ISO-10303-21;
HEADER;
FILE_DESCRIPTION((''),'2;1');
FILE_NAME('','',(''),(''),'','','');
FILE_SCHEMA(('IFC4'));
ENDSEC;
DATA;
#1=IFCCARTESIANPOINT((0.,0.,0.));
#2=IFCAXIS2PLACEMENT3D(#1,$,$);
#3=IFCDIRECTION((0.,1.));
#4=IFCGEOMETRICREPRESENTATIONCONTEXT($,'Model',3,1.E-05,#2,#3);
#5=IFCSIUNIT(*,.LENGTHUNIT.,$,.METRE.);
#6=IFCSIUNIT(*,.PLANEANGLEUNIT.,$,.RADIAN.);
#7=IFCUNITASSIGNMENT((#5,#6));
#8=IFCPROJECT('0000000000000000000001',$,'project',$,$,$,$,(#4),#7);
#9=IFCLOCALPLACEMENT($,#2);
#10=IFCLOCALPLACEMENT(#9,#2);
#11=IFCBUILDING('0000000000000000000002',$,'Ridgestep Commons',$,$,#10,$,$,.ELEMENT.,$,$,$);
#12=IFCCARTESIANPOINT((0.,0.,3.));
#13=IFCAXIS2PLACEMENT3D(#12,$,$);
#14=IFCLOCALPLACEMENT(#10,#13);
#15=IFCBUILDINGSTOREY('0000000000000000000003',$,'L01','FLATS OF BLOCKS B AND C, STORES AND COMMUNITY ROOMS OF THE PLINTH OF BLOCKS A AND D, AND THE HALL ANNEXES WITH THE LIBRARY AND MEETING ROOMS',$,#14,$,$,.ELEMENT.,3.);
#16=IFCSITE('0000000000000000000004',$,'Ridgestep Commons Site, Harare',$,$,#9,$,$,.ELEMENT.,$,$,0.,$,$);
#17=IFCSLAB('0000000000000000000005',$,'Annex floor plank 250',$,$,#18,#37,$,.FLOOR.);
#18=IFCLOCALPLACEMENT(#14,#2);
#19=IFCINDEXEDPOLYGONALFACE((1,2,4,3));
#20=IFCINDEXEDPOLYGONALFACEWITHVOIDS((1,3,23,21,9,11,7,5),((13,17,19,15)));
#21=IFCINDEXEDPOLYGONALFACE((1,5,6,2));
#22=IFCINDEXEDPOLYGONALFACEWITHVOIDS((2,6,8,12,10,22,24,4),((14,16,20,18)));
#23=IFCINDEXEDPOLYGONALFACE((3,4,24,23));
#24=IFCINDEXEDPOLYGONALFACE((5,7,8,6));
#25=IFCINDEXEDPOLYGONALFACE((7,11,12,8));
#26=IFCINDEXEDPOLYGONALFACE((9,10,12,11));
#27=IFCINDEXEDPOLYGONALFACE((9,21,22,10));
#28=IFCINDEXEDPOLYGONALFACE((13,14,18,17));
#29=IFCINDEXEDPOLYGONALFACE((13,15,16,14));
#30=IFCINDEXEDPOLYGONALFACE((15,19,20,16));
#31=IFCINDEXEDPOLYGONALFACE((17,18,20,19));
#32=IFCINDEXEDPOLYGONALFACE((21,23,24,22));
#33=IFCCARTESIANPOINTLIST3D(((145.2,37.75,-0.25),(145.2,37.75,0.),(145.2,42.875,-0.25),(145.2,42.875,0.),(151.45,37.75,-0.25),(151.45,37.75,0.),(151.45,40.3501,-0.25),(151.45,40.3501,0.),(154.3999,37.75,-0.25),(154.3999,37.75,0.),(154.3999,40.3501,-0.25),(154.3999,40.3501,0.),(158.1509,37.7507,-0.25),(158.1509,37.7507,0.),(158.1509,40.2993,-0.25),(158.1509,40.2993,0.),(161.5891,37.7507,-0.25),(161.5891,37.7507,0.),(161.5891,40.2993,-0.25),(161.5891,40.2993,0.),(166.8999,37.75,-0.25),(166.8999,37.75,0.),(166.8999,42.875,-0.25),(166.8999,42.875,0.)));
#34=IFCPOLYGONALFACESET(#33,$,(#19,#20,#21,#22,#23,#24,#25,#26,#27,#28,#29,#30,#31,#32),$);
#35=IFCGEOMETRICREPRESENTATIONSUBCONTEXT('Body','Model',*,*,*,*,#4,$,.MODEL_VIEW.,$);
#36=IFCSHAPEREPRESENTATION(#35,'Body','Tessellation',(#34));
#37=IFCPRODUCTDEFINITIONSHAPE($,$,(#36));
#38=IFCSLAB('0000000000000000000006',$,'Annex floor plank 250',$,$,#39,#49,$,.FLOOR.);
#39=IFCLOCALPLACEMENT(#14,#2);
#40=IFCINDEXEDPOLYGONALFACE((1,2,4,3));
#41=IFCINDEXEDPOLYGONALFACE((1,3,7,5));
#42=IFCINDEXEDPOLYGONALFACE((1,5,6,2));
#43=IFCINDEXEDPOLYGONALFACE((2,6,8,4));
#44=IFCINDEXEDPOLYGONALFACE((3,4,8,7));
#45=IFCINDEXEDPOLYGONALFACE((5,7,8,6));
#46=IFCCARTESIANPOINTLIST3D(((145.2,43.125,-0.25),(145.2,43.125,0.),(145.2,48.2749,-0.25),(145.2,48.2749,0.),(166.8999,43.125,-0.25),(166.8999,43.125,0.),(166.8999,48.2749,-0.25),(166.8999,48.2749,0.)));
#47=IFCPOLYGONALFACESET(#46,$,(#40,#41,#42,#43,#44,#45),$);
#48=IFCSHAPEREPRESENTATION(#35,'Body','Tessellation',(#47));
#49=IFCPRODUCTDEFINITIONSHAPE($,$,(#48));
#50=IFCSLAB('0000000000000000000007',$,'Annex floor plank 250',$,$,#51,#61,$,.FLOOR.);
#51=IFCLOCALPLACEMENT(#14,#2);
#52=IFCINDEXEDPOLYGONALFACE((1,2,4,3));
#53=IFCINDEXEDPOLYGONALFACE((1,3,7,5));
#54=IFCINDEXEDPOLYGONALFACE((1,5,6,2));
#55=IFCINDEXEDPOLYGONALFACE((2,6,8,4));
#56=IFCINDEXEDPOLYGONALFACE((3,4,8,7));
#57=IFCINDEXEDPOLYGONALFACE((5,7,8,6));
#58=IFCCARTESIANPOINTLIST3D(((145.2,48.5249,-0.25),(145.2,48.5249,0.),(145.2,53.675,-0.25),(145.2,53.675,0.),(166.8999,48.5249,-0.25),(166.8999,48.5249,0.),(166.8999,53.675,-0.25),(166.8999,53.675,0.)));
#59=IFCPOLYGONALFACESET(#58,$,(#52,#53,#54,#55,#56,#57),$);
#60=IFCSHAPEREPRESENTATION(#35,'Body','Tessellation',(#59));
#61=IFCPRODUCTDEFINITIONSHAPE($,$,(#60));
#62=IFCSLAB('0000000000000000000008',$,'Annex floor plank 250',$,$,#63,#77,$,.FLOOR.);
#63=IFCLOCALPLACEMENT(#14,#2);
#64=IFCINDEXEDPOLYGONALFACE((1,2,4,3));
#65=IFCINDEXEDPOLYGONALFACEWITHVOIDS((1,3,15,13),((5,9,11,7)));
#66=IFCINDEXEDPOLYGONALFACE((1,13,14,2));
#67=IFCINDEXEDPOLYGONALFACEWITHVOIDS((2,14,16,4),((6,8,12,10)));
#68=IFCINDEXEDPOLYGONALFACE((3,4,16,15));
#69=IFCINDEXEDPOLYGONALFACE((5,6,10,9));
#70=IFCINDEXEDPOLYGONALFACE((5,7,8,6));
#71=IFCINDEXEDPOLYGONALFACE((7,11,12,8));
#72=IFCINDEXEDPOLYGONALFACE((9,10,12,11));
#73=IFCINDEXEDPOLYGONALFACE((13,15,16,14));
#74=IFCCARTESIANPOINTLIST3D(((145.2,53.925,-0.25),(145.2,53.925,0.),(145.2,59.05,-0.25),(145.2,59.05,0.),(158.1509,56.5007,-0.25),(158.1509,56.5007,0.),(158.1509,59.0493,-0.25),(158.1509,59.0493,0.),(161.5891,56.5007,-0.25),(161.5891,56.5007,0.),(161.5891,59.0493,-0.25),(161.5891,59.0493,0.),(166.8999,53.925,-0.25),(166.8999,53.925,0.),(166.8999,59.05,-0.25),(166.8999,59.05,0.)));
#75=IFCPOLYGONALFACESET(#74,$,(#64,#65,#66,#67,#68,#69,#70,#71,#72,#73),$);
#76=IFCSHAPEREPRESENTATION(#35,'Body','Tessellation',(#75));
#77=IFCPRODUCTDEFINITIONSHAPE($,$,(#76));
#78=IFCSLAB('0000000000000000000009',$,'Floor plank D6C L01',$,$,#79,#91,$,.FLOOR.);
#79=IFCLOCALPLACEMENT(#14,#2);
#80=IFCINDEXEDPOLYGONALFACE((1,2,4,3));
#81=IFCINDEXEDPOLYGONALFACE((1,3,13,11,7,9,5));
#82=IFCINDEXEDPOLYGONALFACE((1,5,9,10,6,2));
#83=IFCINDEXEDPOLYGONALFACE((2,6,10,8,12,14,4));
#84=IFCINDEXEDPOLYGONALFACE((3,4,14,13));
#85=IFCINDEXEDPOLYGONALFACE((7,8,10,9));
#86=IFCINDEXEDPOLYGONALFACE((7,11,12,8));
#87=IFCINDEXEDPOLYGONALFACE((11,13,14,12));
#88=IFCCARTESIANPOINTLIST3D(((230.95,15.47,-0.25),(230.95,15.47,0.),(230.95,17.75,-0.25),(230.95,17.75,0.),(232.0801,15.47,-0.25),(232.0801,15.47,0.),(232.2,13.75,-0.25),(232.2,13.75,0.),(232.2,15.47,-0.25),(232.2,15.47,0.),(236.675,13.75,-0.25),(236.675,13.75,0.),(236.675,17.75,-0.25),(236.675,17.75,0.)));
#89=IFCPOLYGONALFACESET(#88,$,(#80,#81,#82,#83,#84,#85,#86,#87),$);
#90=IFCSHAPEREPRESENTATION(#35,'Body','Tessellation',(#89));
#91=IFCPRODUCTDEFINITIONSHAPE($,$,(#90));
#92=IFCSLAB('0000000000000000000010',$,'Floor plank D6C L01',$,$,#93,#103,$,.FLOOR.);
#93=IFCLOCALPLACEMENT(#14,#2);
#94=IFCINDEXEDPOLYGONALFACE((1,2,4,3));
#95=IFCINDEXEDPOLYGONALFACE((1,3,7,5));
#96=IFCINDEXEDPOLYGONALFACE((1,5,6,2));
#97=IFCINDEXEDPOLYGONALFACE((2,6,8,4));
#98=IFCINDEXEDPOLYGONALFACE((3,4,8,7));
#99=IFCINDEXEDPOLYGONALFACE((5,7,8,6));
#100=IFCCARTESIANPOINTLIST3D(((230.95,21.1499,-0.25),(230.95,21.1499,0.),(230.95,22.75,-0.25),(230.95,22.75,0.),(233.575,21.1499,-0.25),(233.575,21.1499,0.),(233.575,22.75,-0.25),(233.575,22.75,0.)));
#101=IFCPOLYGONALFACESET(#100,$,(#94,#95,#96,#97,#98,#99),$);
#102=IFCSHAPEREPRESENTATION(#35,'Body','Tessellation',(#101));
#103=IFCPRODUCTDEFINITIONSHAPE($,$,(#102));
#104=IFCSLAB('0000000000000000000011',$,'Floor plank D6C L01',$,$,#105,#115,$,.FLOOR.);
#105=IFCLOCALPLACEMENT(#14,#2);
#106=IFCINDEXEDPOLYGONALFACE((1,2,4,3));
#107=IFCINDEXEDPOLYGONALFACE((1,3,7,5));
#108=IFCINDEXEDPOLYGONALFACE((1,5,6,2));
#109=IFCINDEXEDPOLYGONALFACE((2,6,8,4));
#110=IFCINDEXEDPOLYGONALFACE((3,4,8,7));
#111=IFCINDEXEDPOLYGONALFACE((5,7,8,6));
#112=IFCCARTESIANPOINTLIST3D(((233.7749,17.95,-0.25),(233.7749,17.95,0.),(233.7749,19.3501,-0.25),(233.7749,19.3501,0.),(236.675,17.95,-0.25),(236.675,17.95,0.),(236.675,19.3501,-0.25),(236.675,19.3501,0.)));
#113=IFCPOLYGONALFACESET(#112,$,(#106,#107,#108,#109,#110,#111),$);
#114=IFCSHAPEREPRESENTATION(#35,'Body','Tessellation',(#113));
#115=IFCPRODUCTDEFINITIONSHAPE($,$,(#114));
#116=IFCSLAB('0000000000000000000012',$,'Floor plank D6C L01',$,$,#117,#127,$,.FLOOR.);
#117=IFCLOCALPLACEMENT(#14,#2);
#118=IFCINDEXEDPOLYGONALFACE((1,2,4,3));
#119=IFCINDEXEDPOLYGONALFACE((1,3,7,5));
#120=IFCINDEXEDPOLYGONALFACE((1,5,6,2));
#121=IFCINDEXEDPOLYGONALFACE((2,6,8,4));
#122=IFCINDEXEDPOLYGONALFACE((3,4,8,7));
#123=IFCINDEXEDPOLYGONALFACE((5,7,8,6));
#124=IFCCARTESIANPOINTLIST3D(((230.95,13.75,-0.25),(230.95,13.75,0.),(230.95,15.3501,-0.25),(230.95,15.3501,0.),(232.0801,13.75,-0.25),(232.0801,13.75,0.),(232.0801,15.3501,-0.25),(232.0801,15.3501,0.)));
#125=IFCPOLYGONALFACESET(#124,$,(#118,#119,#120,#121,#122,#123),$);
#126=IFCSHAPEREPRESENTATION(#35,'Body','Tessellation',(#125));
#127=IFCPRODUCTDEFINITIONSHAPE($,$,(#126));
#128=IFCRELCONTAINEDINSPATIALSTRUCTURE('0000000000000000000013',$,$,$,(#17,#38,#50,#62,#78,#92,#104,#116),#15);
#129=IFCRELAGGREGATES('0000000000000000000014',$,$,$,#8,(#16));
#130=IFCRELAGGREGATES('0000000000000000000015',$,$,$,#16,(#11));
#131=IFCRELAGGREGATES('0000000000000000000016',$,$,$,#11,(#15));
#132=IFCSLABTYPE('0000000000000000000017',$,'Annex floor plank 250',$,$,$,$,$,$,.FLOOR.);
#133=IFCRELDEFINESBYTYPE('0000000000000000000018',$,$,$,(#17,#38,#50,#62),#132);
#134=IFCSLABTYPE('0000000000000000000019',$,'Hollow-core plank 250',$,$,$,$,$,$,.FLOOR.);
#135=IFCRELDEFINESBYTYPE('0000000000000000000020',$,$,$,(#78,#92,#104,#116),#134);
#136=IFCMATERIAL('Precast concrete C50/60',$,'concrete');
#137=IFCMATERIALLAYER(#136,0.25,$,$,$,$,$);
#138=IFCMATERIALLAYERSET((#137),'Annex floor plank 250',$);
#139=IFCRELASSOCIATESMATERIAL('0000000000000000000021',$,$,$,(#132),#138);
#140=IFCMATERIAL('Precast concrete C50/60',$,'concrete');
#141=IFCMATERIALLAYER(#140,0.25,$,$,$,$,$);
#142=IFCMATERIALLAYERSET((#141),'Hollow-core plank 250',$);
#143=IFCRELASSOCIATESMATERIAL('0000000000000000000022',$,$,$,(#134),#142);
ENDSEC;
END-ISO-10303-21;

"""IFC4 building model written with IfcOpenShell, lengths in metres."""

from ifc_helpers import new_model, si_unit, direction, frame, origin, place, context, subcontext, project, spatial, polyline, outline, extrude, material, layer, layer_set, type_object, element, save


model = new_model("IFC4")

# Units and contexts
model_context = context("Model", 3, precision=1e-05, world=origin(), true_north=direction((0.0, 1.0)))
body_context = subcontext(model_context, "Body", "Model", "MODEL_VIEW")
ifc_project = project(units=[si_unit("LENGTHUNIT", "METRE"), si_unit("PLANEANGLEUNIT", "RADIAN")], contexts=[model_context])

# Site, building, storey
site_placement = place(None, origin())
site = spatial("IfcSite", under=ifc_project, at=site_placement, Name="Ridgestep Commons Site, Harare", CompositionType="ELEMENT", RefElevation=0.0)
building_placement = place(site_placement, origin())
building = spatial("IfcBuilding", under=site, at=building_placement, Name="Ridgestep Commons", CompositionType="ELEMENT")
storey_placement = place(building_placement, frame((0.0, 0.0, 3.0)))
storey = spatial("IfcBuildingStorey", under=building, at=storey_placement, Name="L01", Description="FLATS OF BLOCKS B AND C, STORES AND COMMUNITY ROOMS OF THE PLINTH OF BLOCKS A AND D, AND THE HALL ANNEXES WITH THE LIBRARY AND MEETING ROOMS", CompositionType="ELEMENT", Elevation=3.0)

# Slabs
ifc_material_1 = material(Name="Precast concrete C50/60", Category="concrete")
ifc_layer_1 = layer(ifc_material_1, 0.25)
ifc_layer_set_1 = layer_set([ifc_layer_1], Name="Annex floor plank 250")
slab_type_1 = type_object("IfcSlabType", Name="Annex floor plank 250", PredefinedType="FLOOR", material=ifc_layer_set_1)
slab_1_placement = place(storey_placement, frame((0.0, 0.0, -0.25)))
element("IfcSlab", 1, at=slab_1_placement, inside=storey, type_object=slab_type_1, Name="Annex floor plank 250", PredefinedType="FLOOR", context=body_context, shape_type="SweptSolid", body=[
    extrude(outline(polyline([(166.8999, 42.875), (166.8999, 37.75), (154.3999, 37.75), (154.3999, 40.3501), (151.45, 40.3501), (151.45, 37.75), (145.2, 37.75), (145.2, 42.875), (166.8999, 42.875)]), holes=[polyline([(161.5891, 40.2993), (158.1509, 40.2993), (158.1509, 37.7507), (161.5891, 37.7507), (161.5891, 40.2993)])]), origin(), (0.0, 0.0, 1.0), 0.25),
])
slab_2_placement = place(storey_placement, frame((0.0, 0.0, -0.25)))
element("IfcSlab", 2, at=slab_2_placement, inside=storey, type_object=slab_type_1, Name="Annex floor plank 250", PredefinedType="FLOOR", context=body_context, shape_type="SweptSolid", body=[
    extrude(outline(polyline([(145.2, 43.125), (166.8999, 43.125), (166.8999, 48.2749), (145.2, 48.2749), (145.2, 43.125)])), origin(), (0.0, 0.0, 1.0), 0.25),
])
slab_3_placement = place(storey_placement, frame((0.0, 0.0, -0.25)))
element("IfcSlab", 3, at=slab_3_placement, inside=storey, type_object=slab_type_1, Name="Annex floor plank 250", PredefinedType="FLOOR", context=body_context, shape_type="SweptSolid", body=[
    extrude(outline(polyline([(145.2, 48.5249), (166.8999, 48.5249), (166.8999, 53.675), (145.2, 53.675), (145.2, 48.5249)])), origin(), (0.0, 0.0, 1.0), 0.25),
])
slab_4_placement = place(storey_placement, frame((0.0, 0.0, -0.25)))
element("IfcSlab", 4, at=slab_4_placement, inside=storey, type_object=slab_type_1, Name="Annex floor plank 250", PredefinedType="FLOOR", context=body_context, shape_type="SweptSolid", body=[
    extrude(outline(polyline([(145.2, 59.05), (166.8999, 59.05), (166.8999, 53.925), (145.2, 53.925), (145.2, 59.05)]), holes=[polyline([(161.5891, 56.5007), (161.5891, 59.0493), (158.1509, 59.0493), (158.1509, 56.5007), (161.5891, 56.5007)])]), origin(), (0.0, 0.0, 1.0), 0.25),
])
ifc_material_2 = material(Name="Precast concrete C50/60", Category="concrete")
ifc_layer_2 = layer(ifc_material_2, 0.25)
ifc_layer_set_2 = layer_set([ifc_layer_2], Name="Hollow-core plank 250")
slab_type_2 = type_object("IfcSlabType", Name="Hollow-core plank 250", PredefinedType="FLOOR", material=ifc_layer_set_2)
slab_5_placement = place(storey_placement, frame((0.0, 0.0, -0.25)))
element("IfcSlab", 5, at=slab_5_placement, inside=storey, type_object=slab_type_2, Name="Floor plank D6C L01", PredefinedType="FLOOR", context=body_context, shape_type="SweptSolid", body=[
    extrude(outline(polyline([(232.2, 13.75), (236.675, 13.75), (236.675, 17.75), (230.95, 17.75), (230.95, 15.47), (232.0801, 15.47), (232.2, 15.47), (232.2, 13.75)])), origin(), (0.0, 0.0, 1.0), 0.25),
])
slab_6_placement = place(storey_placement, frame((0.0, 0.0, -0.25)))
element("IfcSlab", 6, at=slab_6_placement, inside=storey, type_object=slab_type_2, Name="Floor plank D6C L01", PredefinedType="FLOOR", context=body_context, shape_type="SweptSolid", body=[
    extrude(outline(polyline([(233.575, 22.75), (230.95, 22.75), (230.95, 21.1499), (233.575, 21.1499), (233.575, 22.75)])), origin(), (0.0, 0.0, 1.0), 0.25),
])
slab_7_placement = place(storey_placement, frame((0.0, 0.0, -0.25)))
element("IfcSlab", 7, at=slab_7_placement, inside=storey, type_object=slab_type_2, Name="Floor plank D6C L01", PredefinedType="FLOOR", context=body_context, shape_type="SweptSolid", body=[
    extrude(outline(polyline([(236.675, 17.95), (236.675, 19.3501), (233.7749, 19.3501), (233.7749, 17.95), (236.675, 17.95)])), origin(), (0.0, 0.0, 1.0), 0.25),
])
slab_8_placement = place(storey_placement, frame((0.0, 0.0, -0.25)))
element("IfcSlab", 8, at=slab_8_placement, inside=storey, type_object=slab_type_2, Name="Floor plank D6C L01", PredefinedType="FLOOR", context=body_context, shape_type="SweptSolid", body=[
    extrude(outline(polyline([(232.0801, 15.3501), (230.95, 15.3501), (230.95, 13.75), (232.0801, 13.75), (232.0801, 15.3501)])), origin(), (0.0, 0.0, 1.0), 0.25),
])

save(model, "model.ifc")
